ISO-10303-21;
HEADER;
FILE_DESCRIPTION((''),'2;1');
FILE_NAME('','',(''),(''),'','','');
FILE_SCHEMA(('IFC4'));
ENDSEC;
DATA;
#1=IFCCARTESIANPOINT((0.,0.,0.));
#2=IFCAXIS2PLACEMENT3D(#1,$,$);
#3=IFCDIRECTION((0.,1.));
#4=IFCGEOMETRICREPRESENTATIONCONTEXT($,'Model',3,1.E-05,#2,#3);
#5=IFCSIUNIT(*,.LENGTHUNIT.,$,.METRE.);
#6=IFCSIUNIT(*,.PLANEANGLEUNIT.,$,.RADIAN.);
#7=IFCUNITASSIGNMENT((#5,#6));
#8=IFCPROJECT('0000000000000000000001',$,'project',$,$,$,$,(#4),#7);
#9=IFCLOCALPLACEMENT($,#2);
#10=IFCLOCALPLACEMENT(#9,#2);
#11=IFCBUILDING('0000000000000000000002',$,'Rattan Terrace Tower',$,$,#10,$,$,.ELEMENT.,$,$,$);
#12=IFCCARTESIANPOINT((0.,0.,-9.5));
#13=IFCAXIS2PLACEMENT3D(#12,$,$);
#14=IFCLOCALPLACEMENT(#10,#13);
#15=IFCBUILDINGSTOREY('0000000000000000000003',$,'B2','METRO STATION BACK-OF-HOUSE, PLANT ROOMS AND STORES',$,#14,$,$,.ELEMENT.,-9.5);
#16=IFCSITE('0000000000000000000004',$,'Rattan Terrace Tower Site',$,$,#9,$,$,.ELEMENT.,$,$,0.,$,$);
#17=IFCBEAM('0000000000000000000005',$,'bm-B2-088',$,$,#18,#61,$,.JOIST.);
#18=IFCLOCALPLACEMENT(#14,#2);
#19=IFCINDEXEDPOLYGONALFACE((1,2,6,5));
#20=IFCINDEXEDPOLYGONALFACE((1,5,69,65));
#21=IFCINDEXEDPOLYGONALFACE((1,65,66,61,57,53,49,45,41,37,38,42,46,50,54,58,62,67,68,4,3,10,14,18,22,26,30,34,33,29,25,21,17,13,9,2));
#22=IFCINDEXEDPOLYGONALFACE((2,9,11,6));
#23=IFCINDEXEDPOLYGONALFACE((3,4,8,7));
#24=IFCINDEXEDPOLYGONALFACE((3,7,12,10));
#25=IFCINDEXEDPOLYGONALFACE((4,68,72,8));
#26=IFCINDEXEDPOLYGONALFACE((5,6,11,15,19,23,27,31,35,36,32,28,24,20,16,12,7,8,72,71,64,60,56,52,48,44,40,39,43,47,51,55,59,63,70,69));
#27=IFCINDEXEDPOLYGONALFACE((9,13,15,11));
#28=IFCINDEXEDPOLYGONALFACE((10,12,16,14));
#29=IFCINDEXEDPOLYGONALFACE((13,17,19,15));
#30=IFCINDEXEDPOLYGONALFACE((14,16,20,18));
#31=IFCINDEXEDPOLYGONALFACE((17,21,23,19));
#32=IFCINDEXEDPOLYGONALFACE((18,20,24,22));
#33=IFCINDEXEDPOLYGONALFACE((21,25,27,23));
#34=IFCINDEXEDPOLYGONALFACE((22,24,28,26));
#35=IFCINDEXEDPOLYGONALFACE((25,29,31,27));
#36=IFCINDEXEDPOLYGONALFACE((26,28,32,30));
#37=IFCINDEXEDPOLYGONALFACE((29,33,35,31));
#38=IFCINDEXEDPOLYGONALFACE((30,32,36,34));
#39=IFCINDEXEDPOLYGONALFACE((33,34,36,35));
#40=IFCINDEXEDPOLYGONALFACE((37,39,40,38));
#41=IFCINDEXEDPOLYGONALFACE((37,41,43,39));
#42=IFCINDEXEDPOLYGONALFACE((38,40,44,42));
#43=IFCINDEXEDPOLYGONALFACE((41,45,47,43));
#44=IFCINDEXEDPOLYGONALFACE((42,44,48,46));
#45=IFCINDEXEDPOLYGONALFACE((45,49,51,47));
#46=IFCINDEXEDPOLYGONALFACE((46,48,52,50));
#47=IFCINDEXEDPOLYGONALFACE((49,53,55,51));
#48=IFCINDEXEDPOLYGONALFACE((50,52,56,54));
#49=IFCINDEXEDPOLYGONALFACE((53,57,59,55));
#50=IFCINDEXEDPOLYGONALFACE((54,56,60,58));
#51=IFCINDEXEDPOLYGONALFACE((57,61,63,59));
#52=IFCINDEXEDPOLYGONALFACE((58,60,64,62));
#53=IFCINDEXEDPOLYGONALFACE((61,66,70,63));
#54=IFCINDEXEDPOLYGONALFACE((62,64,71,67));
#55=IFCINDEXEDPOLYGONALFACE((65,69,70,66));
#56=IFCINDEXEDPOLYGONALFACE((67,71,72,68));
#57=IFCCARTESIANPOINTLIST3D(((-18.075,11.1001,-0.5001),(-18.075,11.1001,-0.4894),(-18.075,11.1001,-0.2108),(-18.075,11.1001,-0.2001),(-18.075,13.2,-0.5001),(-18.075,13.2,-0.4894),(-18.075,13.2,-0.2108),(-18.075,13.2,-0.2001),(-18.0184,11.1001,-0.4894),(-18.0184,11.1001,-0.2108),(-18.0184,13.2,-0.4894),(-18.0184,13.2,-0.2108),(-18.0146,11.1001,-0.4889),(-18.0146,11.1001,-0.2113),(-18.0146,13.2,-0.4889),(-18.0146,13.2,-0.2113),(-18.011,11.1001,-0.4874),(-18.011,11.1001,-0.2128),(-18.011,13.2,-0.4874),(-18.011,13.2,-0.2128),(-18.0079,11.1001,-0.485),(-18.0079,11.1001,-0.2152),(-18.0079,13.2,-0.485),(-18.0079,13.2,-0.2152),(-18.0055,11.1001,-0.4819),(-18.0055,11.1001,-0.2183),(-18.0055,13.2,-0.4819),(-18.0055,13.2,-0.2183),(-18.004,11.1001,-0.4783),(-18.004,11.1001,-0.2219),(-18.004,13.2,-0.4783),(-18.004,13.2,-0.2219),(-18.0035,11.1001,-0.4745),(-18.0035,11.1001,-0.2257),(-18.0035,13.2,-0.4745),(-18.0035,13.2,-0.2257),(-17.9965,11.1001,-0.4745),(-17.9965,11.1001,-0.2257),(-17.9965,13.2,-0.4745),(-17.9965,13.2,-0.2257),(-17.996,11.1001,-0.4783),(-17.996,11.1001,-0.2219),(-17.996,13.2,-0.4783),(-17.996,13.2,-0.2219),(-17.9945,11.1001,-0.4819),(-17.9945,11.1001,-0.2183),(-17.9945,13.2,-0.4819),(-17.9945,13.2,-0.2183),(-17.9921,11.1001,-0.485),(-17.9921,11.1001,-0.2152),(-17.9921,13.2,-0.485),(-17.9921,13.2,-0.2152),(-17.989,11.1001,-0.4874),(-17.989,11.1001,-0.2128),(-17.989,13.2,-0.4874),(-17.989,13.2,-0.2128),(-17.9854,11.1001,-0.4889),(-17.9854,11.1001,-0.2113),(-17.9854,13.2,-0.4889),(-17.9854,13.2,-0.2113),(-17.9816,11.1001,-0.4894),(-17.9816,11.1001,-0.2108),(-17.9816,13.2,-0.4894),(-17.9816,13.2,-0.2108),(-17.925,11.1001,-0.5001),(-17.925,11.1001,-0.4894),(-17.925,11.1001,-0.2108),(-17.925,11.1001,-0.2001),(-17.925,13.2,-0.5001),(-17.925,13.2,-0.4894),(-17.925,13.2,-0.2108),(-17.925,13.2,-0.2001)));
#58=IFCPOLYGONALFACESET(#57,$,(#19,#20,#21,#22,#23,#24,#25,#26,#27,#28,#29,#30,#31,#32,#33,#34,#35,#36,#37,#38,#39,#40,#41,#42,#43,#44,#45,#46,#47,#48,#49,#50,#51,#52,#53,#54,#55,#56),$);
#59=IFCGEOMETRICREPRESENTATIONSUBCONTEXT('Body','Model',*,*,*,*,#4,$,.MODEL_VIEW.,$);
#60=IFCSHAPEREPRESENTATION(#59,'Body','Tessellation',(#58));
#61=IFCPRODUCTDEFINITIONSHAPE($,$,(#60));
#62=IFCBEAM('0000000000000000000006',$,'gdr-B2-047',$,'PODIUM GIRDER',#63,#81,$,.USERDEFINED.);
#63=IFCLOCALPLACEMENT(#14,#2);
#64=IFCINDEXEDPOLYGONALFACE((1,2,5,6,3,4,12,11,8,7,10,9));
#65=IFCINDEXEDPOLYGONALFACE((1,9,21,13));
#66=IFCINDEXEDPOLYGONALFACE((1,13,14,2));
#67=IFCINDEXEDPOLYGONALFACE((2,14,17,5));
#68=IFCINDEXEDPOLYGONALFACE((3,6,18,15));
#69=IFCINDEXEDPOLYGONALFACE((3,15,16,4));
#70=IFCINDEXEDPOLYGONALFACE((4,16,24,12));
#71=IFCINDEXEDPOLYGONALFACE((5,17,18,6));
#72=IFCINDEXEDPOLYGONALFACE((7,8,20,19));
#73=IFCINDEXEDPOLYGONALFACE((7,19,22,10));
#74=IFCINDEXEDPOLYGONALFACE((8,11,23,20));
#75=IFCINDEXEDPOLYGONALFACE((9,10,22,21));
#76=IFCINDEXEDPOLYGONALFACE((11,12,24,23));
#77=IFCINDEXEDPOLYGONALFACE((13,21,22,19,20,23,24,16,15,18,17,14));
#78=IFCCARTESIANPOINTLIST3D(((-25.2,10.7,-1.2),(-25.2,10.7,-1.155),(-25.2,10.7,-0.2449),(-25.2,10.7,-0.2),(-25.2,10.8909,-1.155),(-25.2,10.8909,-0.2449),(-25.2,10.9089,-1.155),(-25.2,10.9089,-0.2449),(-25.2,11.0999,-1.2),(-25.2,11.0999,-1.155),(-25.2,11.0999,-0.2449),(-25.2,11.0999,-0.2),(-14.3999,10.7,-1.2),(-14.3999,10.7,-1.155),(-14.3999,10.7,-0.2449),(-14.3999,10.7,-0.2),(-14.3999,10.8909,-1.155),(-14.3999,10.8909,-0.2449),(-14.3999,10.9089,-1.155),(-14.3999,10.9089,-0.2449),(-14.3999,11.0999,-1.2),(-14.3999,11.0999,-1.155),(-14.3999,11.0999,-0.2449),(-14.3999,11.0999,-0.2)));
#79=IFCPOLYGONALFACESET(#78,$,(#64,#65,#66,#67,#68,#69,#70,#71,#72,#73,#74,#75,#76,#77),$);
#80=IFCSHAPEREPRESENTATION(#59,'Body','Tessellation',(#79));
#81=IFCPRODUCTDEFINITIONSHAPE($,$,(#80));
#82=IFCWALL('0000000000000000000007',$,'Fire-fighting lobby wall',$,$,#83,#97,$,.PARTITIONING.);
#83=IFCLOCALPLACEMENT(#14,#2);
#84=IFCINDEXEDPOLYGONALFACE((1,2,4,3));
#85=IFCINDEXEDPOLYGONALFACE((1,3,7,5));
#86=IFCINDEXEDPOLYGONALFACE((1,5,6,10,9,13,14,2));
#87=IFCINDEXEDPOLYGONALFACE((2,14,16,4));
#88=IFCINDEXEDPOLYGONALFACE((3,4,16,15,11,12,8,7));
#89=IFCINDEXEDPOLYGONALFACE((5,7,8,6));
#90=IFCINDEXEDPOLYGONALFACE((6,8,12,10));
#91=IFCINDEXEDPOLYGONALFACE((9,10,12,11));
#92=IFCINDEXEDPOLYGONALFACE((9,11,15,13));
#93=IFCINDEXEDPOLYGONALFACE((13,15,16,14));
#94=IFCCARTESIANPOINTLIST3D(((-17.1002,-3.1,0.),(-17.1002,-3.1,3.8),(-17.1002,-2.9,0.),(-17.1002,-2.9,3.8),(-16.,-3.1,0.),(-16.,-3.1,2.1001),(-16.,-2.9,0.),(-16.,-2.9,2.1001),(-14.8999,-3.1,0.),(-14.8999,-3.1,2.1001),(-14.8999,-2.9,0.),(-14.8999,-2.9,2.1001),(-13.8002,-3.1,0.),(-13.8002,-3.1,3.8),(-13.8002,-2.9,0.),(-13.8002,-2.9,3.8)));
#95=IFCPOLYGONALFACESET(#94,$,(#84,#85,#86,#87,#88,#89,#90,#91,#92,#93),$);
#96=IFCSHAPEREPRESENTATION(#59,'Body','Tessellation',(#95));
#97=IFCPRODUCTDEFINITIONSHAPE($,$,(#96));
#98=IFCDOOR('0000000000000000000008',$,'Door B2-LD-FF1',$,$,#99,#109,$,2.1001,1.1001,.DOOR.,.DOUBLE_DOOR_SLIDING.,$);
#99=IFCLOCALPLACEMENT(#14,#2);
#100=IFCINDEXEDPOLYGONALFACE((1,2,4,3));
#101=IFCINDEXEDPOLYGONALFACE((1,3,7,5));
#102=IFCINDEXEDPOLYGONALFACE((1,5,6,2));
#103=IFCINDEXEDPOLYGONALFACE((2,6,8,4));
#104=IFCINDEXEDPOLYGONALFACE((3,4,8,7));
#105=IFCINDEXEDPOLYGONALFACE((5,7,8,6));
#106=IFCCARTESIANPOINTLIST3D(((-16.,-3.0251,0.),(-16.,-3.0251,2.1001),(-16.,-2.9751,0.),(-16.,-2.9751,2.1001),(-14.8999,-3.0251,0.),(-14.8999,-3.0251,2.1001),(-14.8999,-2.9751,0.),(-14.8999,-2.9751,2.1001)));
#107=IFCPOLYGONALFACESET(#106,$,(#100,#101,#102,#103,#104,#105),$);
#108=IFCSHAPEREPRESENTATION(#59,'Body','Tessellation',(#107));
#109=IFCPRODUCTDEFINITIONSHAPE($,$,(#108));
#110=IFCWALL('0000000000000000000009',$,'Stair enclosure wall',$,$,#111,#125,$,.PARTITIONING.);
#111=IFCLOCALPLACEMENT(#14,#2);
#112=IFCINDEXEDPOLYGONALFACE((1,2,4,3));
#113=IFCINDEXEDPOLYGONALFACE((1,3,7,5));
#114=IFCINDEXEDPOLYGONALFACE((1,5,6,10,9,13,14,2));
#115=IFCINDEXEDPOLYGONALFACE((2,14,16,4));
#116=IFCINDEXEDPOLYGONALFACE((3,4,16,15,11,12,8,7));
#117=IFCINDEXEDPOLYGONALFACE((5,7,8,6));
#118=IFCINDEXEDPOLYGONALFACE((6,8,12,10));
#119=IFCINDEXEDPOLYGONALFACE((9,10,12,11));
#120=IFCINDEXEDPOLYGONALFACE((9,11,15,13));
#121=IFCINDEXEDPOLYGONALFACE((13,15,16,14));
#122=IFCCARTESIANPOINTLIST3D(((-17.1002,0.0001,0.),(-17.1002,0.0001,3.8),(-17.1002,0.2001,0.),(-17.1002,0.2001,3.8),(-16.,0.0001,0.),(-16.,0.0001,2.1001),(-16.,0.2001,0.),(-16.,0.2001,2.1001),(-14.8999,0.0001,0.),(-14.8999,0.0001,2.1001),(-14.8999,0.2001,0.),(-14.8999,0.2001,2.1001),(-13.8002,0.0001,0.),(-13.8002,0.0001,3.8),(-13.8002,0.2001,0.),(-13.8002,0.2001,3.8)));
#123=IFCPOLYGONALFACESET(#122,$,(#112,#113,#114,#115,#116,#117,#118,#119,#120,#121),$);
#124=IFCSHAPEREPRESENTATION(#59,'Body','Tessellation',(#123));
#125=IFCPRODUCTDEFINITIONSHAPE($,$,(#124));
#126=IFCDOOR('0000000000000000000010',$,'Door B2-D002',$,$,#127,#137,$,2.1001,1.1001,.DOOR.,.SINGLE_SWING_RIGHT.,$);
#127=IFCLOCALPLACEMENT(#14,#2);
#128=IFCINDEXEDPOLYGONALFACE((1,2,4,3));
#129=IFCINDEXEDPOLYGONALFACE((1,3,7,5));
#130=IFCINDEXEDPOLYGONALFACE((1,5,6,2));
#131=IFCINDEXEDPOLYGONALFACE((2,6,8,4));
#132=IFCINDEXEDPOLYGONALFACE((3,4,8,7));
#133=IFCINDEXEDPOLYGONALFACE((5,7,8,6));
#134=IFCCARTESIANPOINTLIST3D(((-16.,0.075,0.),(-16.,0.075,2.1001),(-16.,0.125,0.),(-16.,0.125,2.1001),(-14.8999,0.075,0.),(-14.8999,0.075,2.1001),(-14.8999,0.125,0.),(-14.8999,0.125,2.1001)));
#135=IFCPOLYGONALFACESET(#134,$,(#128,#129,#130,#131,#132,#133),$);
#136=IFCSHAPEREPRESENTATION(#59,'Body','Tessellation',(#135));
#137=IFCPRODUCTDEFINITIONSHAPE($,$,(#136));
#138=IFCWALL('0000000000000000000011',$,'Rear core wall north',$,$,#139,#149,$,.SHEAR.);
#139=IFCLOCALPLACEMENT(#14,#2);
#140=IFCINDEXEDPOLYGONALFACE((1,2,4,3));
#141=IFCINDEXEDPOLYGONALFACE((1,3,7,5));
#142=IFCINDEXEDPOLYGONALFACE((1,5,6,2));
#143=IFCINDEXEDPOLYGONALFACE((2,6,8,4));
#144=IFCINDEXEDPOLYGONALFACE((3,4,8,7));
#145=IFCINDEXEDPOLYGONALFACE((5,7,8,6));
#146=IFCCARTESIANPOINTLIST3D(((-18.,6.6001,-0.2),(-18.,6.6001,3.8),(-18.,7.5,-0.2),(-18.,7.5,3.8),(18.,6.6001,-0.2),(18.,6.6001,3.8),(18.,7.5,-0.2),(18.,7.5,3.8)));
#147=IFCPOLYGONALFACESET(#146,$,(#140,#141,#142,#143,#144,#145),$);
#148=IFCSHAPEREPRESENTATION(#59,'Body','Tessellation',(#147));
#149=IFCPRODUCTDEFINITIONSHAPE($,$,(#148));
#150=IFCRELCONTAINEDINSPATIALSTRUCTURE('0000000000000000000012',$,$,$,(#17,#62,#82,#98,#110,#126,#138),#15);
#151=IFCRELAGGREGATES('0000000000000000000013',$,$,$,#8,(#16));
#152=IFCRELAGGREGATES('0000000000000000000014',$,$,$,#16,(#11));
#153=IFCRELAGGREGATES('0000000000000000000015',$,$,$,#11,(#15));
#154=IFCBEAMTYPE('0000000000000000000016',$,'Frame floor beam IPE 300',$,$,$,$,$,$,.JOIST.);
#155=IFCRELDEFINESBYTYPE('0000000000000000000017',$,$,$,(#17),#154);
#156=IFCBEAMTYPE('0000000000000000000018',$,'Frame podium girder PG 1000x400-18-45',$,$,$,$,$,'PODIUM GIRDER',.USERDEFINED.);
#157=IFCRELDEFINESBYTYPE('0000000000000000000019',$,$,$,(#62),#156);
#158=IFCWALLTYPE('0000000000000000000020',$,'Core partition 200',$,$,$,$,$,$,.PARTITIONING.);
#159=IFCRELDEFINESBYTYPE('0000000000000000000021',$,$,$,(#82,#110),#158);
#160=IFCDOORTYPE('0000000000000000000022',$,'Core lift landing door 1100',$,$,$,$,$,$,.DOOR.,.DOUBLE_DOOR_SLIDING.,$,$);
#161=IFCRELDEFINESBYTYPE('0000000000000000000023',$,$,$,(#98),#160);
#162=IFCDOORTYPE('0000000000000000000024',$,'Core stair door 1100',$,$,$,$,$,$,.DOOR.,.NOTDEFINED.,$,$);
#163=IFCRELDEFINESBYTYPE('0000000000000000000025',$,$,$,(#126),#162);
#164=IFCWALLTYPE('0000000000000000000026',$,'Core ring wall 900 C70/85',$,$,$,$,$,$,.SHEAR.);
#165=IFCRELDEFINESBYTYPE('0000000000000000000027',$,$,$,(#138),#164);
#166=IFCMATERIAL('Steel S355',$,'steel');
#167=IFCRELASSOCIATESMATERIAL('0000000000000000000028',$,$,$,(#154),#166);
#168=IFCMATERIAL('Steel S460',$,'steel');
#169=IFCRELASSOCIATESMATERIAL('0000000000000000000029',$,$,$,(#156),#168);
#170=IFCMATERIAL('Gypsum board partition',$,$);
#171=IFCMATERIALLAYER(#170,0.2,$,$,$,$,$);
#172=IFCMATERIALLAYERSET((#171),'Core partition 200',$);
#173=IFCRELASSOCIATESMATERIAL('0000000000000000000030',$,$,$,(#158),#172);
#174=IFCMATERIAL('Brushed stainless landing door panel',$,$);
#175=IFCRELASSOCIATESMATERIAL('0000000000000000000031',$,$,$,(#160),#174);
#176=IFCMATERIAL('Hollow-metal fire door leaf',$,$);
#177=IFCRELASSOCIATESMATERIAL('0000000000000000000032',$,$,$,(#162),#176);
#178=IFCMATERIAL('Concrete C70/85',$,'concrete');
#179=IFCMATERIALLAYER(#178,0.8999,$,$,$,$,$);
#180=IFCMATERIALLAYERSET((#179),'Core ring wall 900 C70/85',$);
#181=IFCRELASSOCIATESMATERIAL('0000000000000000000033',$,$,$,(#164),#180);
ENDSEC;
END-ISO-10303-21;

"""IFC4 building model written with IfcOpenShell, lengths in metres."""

from ifc_helpers import new_model, si_unit, direction, frame, frame_2d, origin, origin_2d, place, context, subcontext, project, spatial, rectangle, i_section, extrude, material, layer, layer_set, material_profile, profile_set, type_object, element, fill, save


model = new_model("IFC4")

# Units and contexts
model_context = context("Model", 3, precision=1e-05, world=origin(), true_north=direction((0.0, 1.0)))
body_context = subcontext(model_context, "Body", "Model", "MODEL_VIEW")
ifc_project = project(units=[si_unit("LENGTHUNIT", "METRE"), si_unit("PLANEANGLEUNIT", "RADIAN")], contexts=[model_context])

# Site, building, storey
site_placement = place(None, origin())
site = spatial("IfcSite", under=ifc_project, at=site_placement, Name="Rattan Terrace Tower Site", CompositionType="ELEMENT", RefElevation=0.0)
building_placement = place(site_placement, origin())
building = spatial("IfcBuilding", under=site, at=building_placement, Name="Rattan Terrace Tower", CompositionType="ELEMENT")
storey_placement = place(building_placement, frame((0.0, 0.0, -9.5)))
storey = spatial("IfcBuildingStorey", under=building, at=storey_placement, Name="B2", Description="METRO STATION BACK-OF-HOUSE, PLANT ROOMS AND STORES", CompositionType="ELEMENT", Elevation=-9.5)

# Beams
ifc_material_1 = material(Name="Steel S355", Category="steel")
ifc_material_profile_1 = material_profile(ifc_material_1, i_section(OverallWidth=0.1499, OverallDepth=0.3, WebThickness=0.0071, FlangeThickness=0.0107, FilletRadius=0.0149, at=origin_2d()), Name="IPE 300")
ifc_profile_set_1 = profile_set([ifc_material_profile_1], Name="Steel S355")
beam_type_1 = type_object("IfcBeamType", Name="Frame floor beam IPE 300", PredefinedType="JOIST", material=ifc_profile_set_1)
for number, where, z_axis, x_axis, name in (
    (1, (-18.0, 11.1001, -0.3501), (0.0, 1.0, 0.0), (-1.0, 0.0, 0.0), "bm-B2-088"),
):
    element("IfcBeam", number, at=place(storey_placement, frame(where, z_axis=z_axis, x_axis=x_axis)), inside=storey, type_object=beam_type_1, Name=name, PredefinedType="JOIST", context=body_context, shape_type="SweptSolid", body=[
        extrude(i_section(OverallWidth=0.1499, OverallDepth=0.3, WebThickness=0.0071, FlangeThickness=0.0107, FilletRadius=0.0149, at=origin_2d()), origin(), (0.0, 0.0, 1.0), 2.0999),
    ])
ifc_material_2 = material(Name="Steel S460", Category="steel")
ifc_material_profile_2 = material_profile(ifc_material_2, i_section(OverallWidth=0.3999, OverallDepth=1.0, WebThickness=0.0181, FlangeThickness=0.0449, at=origin_2d()), Name="PG 1000x400-18-45")
ifc_profile_set_2 = profile_set([ifc_material_profile_2], Name="Steel S460")
beam_type_2 = type_object("IfcBeamType", Name="Frame podium girder PG 1000x400-18-45", ElementType="PODIUM GIRDER", PredefinedType="USERDEFINED", material=ifc_profile_set_2)
beam_1_placement = place(storey_placement, frame((-25.2, 10.8999, -0.7), z_axis=(1.0, 0.0, 0.0), x_axis=(0.0, 1.0, 0.0)))
element("IfcBeam", 2, at=beam_1_placement, inside=storey, type_object=beam_type_2, Name="gdr-B2-047", ObjectType="PODIUM GIRDER", PredefinedType="USERDEFINED", context=body_context, shape_type="SweptSolid", body=[
    extrude(i_section(OverallWidth=0.3999, OverallDepth=1.0, WebThickness=0.0181, FlangeThickness=0.0449, at=origin_2d()), origin(), (0.0, 0.0, 1.0), 10.8),
])

# Walls, openings, doors
ifc_material_3 = material(Name="Gypsum board partition")
ifc_layer_1 = layer(ifc_material_3, 0.2)
ifc_layer_set_1 = layer_set([ifc_layer_1], Name="Core partition 200")
wall_type_1 = type_object("IfcWallType", Name="Core partition 200", PredefinedType="PARTITIONING", material=ifc_layer_set_1)
wall_1_placement = place(storey_placement, frame((-17.1001, -3.0, 0.0), z_axis=(0.0, 0.0, 1.0), x_axis=(1.0, 0.0, 0.0)))
wall_1 = element("IfcWall", 3, at=wall_1_placement, inside=storey, type_object=wall_type_1, Name="Fire-fighting lobby wall", PredefinedType="PARTITIONING", context=body_context, shape_type="SweptSolid", body=[
    extrude(rectangle(XDim=3.3, YDim=0.2, at=frame_2d((1.6499, 0.0))), origin(), (0.0, 0.0, 1.0), 3.8),
])
opening_1_placement = place(wall_1_placement, frame((1.1001, 0.0, 0.0)))
opening_1 = element("IfcOpeningElement", 4, at=opening_1_placement, cuts=wall_1, PredefinedType="OPENING", context=body_context, shape_type="SweptSolid", body=[
    extrude(rectangle(XDim=1.1001, YDim=2.1001, at=frame_2d((0.55, 1.05))), frame((0.0, 0.1106, 0.0), z_axis=(0.0, -1.0, 0.0), x_axis=(1.0, 0.0, 0.0)), (0.0, 0.0, 1.0), 0.2209),
])
ifc_material_4 = material(Name="Brushed stainless landing door panel")
door_type_1 = type_object("IfcDoorType", Name="Core lift landing door 1100", OperationType="DOUBLE_DOOR_SLIDING", PredefinedType="DOOR", material=ifc_material_4)
door_1_placement = place(opening_1_placement, origin())
door_1 = element("IfcDoor", 5, at=door_1_placement, inside=storey, type_object=door_type_1, Name="Door B2-LD-FF1", OperationType="DOUBLE_DOOR_SLIDING", OverallHeight=2.1001, OverallWidth=1.1001, PredefinedType="DOOR", context=body_context, shape_type="SweptSolid", body=[
    extrude(rectangle(XDim=1.1001, YDim=2.1001, at=frame_2d((0.55, 1.05))), frame((0.0, 0.0249, 0.0), z_axis=(0.0, -1.0, 0.0), x_axis=(1.0, 0.0, 0.0)), (0.0, 0.0, 1.0), 0.05),
])
fill(opening_1, door_1)
wall_2_placement = place(storey_placement, frame((-17.1001, 0.1001, 0.0), z_axis=(0.0, 0.0, 1.0), x_axis=(1.0, 0.0, 0.0)))
wall_2 = element("IfcWall", 6, at=wall_2_placement, inside=storey, type_object=wall_type_1, Name="Stair enclosure wall", PredefinedType="PARTITIONING", context=body_context, shape_type="SweptSolid", body=[
    extrude(rectangle(XDim=3.3, YDim=0.2, at=frame_2d((1.6499, 0.0))), origin(), (0.0, 0.0, 1.0), 3.8),
])
opening_2_placement = place(wall_2_placement, frame((1.1001, 0.0, 0.0)))
opening_2 = element("IfcOpeningElement", 7, at=opening_2_placement, cuts=wall_2, PredefinedType="OPENING", context=body_context, shape_type="SweptSolid", body=[
    extrude(rectangle(XDim=1.1001, YDim=2.1001, at=frame_2d((0.55, 1.05))), frame((0.0, 0.1106, 0.0), z_axis=(0.0, -1.0, 0.0), x_axis=(1.0, 0.0, 0.0)), (0.0, 0.0, 1.0), 0.2209),
])
ifc_material_5 = material(Name="Hollow-metal fire door leaf")
door_type_2 = type_object("IfcDoorType", Name="Core stair door 1100", OperationType="NOTDEFINED", PredefinedType="DOOR", material=ifc_material_5)
door_2_placement = place(opening_2_placement, origin())
door_2 = element("IfcDoor", 8, at=door_2_placement, inside=storey, type_object=door_type_2, Name="Door B2-D002", OperationType="SINGLE_SWING_RIGHT", OverallHeight=2.1001, OverallWidth=1.1001, PredefinedType="DOOR", context=body_context, shape_type="SweptSolid", body=[
    extrude(rectangle(XDim=1.1001, YDim=2.1001, at=frame_2d((0.55, 1.05))), frame((0.0, 0.0249, 0.0), z_axis=(0.0, -1.0, 0.0), x_axis=(1.0, 0.0, 0.0)), (0.0, 0.0, 1.0), 0.05),
])
fill(opening_2, door_2)

# Wall
ifc_material_6 = material(Name="Concrete C70/85", Category="concrete")
ifc_layer_2 = layer(ifc_material_6, 0.8999)
ifc_layer_set_2 = layer_set([ifc_layer_2], Name="Core ring wall 900 C70/85")
wall_type_2 = type_object("IfcWallType", Name="Core ring wall 900 C70/85", PredefinedType="SHEAR", material=ifc_layer_set_2)
wall_3_placement = place(storey_placement, frame((-18.0, 7.05, -0.2), z_axis=(0.0, 0.0, 1.0), x_axis=(1.0, 0.0, 0.0)))
element("IfcWall", 9, at=wall_3_placement, inside=storey, type_object=wall_type_2, Name="Rear core wall north", PredefinedType="SHEAR", context=body_context, shape_type="SweptSolid", body=[
    extrude(rectangle(XDim=36.0, YDim=0.8999, at=frame_2d((18.0, 0.0))), origin(), (0.0, 0.0, 1.0), 4.0),
])

save(model, "model.ifc")
